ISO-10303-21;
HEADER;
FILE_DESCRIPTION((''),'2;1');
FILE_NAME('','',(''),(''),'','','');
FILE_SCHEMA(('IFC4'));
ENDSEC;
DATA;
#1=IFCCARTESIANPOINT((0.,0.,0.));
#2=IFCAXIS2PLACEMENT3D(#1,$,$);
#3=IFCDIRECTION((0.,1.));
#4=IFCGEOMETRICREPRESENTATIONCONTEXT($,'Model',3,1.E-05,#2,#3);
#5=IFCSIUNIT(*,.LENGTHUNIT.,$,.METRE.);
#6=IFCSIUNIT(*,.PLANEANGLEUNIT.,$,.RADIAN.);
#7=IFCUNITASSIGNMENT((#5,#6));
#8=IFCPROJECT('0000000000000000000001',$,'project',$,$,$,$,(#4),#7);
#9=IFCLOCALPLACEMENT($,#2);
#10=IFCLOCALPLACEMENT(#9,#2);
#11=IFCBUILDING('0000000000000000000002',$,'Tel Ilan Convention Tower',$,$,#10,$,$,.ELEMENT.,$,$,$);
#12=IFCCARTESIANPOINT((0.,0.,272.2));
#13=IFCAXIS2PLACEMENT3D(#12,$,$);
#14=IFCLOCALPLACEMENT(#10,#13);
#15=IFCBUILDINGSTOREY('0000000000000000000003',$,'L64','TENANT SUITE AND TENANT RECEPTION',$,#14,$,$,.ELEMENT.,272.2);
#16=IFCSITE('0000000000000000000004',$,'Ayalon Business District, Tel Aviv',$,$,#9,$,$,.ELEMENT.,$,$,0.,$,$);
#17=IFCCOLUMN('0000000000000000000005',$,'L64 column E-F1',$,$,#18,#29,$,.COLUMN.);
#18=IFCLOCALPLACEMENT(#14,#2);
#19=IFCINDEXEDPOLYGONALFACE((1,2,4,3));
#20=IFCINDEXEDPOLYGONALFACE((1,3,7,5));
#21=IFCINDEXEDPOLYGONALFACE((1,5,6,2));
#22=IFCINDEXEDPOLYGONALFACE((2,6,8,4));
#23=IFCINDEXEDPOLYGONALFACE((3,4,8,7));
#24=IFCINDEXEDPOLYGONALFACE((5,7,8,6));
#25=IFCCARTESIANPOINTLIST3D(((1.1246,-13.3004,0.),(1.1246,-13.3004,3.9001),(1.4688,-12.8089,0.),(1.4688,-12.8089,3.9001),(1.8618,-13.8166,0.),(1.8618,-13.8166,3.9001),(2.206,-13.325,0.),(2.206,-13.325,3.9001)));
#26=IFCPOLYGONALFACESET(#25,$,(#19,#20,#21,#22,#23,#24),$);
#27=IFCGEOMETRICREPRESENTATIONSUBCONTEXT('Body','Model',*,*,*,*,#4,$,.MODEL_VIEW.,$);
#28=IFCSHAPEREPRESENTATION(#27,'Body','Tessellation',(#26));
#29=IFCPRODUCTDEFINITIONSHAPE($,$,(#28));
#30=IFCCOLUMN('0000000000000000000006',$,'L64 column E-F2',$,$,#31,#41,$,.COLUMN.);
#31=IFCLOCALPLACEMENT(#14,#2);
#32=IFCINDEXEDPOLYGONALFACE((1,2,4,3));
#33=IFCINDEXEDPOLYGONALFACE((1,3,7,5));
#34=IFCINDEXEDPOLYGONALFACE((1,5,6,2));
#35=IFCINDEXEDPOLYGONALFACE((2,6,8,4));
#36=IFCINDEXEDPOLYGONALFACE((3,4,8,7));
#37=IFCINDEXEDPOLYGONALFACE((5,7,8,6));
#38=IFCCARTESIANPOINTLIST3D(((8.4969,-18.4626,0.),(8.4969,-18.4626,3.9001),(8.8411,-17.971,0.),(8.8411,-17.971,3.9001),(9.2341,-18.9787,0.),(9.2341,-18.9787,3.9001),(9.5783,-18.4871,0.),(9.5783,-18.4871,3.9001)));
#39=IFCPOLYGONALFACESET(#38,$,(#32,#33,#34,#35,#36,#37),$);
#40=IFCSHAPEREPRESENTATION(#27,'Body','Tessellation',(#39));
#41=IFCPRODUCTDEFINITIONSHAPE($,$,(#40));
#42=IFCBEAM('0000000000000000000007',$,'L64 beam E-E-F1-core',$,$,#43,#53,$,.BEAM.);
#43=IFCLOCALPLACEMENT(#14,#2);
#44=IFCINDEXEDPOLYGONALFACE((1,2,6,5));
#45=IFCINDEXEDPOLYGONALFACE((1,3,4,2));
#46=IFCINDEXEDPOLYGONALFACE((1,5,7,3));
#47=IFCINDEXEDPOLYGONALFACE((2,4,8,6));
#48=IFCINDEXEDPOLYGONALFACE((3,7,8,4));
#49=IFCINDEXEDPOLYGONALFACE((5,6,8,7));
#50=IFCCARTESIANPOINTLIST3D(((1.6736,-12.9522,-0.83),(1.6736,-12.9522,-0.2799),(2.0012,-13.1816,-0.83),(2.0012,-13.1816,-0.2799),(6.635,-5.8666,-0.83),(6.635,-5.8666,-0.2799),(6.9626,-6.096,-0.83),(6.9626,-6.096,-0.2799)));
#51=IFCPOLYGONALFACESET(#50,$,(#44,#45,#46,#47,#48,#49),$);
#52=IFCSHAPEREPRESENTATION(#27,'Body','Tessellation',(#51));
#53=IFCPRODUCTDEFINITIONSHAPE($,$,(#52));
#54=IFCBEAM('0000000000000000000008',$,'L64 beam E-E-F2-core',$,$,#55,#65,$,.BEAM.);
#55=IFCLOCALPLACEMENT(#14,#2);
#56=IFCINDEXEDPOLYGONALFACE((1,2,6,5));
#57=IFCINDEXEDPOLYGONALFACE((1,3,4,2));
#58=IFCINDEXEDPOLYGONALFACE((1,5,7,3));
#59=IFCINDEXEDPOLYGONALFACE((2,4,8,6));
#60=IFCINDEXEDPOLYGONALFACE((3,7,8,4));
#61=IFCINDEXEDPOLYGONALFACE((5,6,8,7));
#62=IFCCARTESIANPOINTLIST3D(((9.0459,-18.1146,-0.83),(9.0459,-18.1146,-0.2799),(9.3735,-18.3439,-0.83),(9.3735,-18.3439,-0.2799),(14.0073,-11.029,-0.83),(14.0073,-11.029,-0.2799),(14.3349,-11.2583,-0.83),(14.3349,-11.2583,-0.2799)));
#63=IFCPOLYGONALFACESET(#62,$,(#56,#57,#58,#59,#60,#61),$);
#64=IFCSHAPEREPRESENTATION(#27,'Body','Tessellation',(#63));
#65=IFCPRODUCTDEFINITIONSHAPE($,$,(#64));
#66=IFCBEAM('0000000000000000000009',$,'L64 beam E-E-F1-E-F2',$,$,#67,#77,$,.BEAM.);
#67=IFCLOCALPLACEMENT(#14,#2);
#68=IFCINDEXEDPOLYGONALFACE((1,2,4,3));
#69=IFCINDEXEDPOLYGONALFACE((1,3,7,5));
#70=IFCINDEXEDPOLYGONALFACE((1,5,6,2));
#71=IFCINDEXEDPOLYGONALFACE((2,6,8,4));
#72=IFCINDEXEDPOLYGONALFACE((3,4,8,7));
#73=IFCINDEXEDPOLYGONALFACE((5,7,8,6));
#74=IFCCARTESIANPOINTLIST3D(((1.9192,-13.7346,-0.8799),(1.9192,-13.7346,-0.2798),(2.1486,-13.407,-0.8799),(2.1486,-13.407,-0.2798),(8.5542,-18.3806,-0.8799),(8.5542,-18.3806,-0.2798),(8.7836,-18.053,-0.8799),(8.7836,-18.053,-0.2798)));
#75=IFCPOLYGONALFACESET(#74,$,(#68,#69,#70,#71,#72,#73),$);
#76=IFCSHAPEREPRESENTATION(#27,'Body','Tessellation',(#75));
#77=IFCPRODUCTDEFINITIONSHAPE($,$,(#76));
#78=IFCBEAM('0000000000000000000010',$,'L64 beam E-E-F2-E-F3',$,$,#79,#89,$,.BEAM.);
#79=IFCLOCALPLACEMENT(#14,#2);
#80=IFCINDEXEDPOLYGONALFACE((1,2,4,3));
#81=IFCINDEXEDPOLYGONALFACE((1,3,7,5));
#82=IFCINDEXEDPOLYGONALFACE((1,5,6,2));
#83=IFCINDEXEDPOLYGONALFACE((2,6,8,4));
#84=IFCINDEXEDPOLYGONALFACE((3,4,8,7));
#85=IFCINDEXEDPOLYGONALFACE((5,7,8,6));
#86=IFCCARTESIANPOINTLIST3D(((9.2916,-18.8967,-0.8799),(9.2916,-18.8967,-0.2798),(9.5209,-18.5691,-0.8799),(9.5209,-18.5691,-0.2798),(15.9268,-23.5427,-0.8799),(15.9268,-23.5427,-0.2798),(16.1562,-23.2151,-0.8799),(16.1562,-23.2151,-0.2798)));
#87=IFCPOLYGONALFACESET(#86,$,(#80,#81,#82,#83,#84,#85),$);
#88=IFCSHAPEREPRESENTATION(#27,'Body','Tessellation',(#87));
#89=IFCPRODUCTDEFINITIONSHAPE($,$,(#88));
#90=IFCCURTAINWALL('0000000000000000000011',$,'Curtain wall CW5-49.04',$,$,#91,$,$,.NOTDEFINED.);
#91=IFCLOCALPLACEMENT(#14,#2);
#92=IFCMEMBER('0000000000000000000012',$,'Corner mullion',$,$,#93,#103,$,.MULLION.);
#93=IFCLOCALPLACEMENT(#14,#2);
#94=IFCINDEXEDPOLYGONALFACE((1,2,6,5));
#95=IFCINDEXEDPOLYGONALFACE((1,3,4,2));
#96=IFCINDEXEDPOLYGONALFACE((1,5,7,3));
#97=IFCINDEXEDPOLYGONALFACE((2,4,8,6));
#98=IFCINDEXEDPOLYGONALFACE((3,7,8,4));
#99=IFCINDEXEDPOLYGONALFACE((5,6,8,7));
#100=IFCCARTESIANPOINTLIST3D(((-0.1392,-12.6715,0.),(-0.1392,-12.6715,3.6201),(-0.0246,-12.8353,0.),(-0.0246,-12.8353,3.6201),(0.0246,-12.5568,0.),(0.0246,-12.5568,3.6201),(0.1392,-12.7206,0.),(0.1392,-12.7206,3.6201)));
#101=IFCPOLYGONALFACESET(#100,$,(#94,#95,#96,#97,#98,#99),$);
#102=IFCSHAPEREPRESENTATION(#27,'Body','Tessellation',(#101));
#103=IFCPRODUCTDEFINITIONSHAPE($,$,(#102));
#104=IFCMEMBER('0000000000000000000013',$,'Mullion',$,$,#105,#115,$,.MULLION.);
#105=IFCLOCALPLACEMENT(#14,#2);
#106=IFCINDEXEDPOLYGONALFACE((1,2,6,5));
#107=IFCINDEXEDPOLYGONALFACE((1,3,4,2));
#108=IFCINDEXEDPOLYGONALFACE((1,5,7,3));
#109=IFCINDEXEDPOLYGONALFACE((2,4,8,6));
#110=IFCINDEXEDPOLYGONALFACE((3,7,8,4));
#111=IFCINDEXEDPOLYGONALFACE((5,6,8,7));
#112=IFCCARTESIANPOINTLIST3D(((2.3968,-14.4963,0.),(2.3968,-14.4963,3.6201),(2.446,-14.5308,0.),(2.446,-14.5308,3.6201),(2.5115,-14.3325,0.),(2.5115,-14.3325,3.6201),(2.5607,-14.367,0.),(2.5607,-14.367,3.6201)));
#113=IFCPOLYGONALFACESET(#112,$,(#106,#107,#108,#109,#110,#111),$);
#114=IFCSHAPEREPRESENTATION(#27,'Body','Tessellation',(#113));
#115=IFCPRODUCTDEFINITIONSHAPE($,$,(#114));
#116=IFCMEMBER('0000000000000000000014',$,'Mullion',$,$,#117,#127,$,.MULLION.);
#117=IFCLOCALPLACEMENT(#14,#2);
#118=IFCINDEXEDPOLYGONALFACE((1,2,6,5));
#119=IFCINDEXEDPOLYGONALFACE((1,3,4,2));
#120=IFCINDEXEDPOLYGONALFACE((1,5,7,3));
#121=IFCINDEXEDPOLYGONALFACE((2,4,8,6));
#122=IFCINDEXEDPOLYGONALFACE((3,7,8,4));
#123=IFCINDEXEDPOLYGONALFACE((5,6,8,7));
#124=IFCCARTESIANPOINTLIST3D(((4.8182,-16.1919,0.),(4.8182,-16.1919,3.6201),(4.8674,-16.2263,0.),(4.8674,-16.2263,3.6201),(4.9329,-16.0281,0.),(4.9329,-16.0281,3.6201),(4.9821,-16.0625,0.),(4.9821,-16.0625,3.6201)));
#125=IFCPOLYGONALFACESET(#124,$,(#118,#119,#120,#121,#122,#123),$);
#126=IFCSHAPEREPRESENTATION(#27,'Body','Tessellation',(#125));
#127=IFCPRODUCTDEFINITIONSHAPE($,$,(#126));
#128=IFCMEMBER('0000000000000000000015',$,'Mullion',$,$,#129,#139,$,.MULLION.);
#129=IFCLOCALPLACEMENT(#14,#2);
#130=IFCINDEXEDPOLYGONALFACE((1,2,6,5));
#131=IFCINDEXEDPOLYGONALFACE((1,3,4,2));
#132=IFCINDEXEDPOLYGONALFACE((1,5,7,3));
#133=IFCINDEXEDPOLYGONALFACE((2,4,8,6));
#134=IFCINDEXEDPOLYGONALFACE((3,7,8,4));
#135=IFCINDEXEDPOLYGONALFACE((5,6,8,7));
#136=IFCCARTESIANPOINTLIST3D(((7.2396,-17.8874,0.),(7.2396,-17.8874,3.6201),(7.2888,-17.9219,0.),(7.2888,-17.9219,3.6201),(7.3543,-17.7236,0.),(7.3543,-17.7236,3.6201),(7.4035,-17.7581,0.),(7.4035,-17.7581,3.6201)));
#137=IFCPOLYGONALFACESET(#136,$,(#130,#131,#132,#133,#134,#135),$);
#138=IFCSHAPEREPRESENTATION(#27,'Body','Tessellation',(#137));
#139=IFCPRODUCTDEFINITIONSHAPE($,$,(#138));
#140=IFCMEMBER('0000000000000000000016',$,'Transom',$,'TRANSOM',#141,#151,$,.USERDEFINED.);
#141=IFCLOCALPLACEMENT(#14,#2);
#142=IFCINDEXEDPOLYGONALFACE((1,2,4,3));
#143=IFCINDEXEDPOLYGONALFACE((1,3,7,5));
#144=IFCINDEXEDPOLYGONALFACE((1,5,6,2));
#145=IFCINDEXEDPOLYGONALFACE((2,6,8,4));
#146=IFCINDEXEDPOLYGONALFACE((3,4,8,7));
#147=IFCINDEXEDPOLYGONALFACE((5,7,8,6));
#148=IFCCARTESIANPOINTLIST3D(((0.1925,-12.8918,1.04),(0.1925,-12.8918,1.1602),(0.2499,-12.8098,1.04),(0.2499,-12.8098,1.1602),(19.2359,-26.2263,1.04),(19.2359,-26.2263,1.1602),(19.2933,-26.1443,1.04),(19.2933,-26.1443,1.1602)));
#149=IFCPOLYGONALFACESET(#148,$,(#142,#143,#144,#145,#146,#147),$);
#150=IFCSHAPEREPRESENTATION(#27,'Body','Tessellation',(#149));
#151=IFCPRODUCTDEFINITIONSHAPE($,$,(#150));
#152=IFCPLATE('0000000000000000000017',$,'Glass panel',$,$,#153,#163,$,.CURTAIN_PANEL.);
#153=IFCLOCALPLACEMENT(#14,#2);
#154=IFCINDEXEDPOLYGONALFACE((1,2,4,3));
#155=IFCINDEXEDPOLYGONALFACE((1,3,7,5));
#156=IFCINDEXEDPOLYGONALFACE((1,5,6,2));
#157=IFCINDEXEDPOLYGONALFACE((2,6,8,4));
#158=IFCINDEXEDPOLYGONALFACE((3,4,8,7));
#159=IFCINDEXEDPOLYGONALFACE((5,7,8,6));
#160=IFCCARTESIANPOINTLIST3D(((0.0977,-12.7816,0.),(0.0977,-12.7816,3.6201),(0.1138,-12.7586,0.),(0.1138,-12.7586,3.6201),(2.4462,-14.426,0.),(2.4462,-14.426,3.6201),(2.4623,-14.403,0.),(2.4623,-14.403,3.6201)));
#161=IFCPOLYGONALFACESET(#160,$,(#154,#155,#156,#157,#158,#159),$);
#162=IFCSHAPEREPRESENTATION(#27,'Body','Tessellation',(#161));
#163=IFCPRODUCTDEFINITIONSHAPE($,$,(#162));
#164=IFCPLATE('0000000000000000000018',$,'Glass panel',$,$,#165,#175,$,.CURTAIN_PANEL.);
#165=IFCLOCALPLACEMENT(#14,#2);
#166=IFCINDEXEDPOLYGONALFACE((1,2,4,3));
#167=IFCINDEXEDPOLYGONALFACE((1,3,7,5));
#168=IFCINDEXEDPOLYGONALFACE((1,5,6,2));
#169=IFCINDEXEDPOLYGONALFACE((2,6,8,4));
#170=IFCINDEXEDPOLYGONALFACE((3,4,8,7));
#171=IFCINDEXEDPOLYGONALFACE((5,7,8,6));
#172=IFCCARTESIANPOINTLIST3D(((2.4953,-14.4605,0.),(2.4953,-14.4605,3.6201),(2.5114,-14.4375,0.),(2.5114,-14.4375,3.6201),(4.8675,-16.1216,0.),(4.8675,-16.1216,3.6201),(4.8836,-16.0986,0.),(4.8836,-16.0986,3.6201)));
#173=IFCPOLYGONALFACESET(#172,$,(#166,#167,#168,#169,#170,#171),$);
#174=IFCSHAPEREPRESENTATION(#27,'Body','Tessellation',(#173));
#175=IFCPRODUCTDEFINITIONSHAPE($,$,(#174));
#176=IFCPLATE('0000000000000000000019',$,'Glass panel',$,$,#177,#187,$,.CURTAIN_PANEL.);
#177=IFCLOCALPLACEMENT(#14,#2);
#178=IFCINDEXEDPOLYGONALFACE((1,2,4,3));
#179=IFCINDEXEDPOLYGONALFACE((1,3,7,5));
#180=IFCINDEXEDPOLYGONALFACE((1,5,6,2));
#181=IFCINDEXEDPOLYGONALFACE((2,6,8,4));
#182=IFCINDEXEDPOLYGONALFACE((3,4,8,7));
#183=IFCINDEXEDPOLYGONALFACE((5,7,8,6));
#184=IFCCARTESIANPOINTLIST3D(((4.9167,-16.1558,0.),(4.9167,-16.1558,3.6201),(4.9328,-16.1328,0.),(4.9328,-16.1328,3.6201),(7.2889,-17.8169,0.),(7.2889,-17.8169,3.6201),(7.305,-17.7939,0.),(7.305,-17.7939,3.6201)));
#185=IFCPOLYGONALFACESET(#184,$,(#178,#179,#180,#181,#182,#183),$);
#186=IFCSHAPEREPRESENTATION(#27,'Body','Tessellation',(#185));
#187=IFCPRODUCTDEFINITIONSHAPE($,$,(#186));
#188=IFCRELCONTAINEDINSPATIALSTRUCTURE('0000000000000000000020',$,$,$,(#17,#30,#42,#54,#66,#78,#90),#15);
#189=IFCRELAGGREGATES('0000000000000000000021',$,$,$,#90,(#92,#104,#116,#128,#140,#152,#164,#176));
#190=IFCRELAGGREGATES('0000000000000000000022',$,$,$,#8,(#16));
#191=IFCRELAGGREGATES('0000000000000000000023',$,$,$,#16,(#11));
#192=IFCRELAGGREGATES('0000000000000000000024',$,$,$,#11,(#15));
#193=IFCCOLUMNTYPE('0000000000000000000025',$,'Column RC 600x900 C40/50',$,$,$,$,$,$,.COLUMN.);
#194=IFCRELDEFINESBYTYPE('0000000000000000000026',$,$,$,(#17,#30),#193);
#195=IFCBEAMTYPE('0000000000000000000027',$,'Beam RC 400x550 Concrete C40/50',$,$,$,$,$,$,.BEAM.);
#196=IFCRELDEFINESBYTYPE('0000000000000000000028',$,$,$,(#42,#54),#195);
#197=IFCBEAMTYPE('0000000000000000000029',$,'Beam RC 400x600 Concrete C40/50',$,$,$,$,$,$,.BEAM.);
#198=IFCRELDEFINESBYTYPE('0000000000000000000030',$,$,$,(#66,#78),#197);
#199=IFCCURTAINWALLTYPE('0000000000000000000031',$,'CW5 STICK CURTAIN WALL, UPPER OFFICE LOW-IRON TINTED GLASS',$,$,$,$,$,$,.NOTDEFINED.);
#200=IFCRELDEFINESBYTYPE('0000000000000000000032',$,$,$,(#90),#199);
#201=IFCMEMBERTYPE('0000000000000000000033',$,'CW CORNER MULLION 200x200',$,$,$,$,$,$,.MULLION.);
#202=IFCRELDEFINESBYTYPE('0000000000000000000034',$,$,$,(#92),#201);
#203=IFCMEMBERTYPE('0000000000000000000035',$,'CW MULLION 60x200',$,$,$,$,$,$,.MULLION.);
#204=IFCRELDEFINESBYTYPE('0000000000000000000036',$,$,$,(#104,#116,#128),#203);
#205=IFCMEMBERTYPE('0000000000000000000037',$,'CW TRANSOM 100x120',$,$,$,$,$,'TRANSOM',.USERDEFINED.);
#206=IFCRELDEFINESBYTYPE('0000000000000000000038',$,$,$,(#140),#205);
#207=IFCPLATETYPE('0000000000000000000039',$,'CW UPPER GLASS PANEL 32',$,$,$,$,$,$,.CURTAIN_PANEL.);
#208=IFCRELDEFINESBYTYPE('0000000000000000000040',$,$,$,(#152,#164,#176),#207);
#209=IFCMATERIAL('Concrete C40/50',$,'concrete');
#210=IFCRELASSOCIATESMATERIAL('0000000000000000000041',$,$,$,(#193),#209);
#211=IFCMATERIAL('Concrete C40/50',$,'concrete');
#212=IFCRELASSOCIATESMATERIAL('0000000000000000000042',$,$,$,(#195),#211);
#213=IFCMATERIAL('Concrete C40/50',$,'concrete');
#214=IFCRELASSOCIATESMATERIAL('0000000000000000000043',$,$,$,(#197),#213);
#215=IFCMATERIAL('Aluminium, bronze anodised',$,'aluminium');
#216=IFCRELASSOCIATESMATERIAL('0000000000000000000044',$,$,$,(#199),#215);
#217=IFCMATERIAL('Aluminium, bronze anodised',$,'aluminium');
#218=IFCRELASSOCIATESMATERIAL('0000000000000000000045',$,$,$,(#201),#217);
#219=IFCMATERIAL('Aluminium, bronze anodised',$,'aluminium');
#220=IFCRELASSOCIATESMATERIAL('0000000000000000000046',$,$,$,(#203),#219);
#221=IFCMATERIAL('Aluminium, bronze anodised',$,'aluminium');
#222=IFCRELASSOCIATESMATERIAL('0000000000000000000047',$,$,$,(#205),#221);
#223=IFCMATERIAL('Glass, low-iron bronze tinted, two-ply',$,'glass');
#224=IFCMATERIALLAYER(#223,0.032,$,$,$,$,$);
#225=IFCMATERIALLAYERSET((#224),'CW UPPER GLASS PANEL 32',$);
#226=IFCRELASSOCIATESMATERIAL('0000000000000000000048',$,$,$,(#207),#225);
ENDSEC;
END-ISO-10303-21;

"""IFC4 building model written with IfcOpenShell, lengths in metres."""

from ifc_helpers import new_model, si_unit, direction, frame, origin, origin_2d, place, context, subcontext, project, spatial, rectangle, extrude, material, layer, layer_set, material_profile, profile_set, type_object, element, aggregate, save


model = new_model("IFC4")

# Units and contexts
model_context = context("Model", 3, precision=1e-05, world=origin(), true_north=direction((0.0, 1.0)))
body_context = subcontext(model_context, "Body", "Model", "MODEL_VIEW")
ifc_project = project(units=[si_unit("LENGTHUNIT", "METRE"), si_unit("PLANEANGLEUNIT", "RADIAN")], contexts=[model_context])

# Site, building, storey
site_placement = place(None, origin())
site = spatial("IfcSite", under=ifc_project, at=site_placement, Name="Ayalon Business District, Tel Aviv", CompositionType="ELEMENT", RefElevation=0.0)
building_placement = place(site_placement, origin())
building = spatial("IfcBuilding", under=site, at=building_placement, Name="Tel Ilan Convention Tower", CompositionType="ELEMENT")
storey_placement = place(building_placement, frame((0.0, 0.0, 272.2)))
storey = spatial("IfcBuildingStorey", under=building, at=storey_placement, Name="L64", Description="TENANT SUITE AND TENANT RECEPTION", CompositionType="ELEMENT", Elevation=272.2)

# Columns
ifc_material_1 = material(Name="Concrete C40/50", Category="concrete")
ifc_material_profile_1 = material_profile(ifc_material_1, rectangle(XDim=0.8999, YDim=0.6001, at=origin_2d()), Name="RC 600x900")
ifc_profile_set_1 = profile_set([ifc_material_profile_1], Name="Concrete C40/50")
column_type = type_object("IfcColumnType", Name="Column RC 600x900 C40/50", PredefinedType="COLUMN", material=ifc_profile_set_1)
for number, where, z_axis, x_axis, name in (
    (1, (1.6653, -13.3127, 0.0), (0.0, 0.0, 1.0), (0.819152, -0.573576, 0.0), "L64 column E-F1"),
    (2, (9.0376, -18.4749, 0.0), (0.0, 0.0, 1.0), (0.819152, -0.573576, 0.0), "L64 column E-F2"),
):
    element("IfcColumn", number, at=place(storey_placement, frame(where, z_axis=z_axis, x_axis=x_axis)), inside=storey, type_object=column_type, Name=name, PredefinedType="COLUMN", context=body_context, shape_type="SweptSolid", body=[
        extrude(rectangle(XDim=0.8999, YDim=0.6001, at=origin_2d()), origin(), (0.0, 0.0, 1.0), 3.9001),
    ])

# Beams
ifc_material_2 = material(Name="Concrete C40/50", Category="concrete")
ifc_material_profile_2 = material_profile(ifc_material_2, rectangle(XDim=0.3999, YDim=0.55, at=origin_2d()), Name="RC 400x550")
ifc_profile_set_2 = profile_set([ifc_material_profile_2], Name="Concrete C40/50")
beam_type_1 = type_object("IfcBeamType", Name="Beam RC 400x550 Concrete C40/50", PredefinedType="BEAM", material=ifc_profile_set_2)
for number, where, z_axis, x_axis, name in (
    (3, (1.8374, -13.0669, -0.5549), (0.573574, 0.819154, 0.0), (-0.819154, 0.573574, 0.0), "L64 beam E-E-F1-core"),
    (4, (9.2097, -18.2292, -0.5549), (0.573574, 0.819154, 0.0), (-0.819154, 0.573574, 0.0), "L64 beam E-E-F2-core"),
):
    element("IfcBeam", number, at=place(storey_placement, frame(where, z_axis=z_axis, x_axis=x_axis)), inside=storey, type_object=beam_type_1, Name=name, PredefinedType="BEAM", context=body_context, shape_type="SweptSolid", body=[
        extrude(rectangle(XDim=0.3999, YDim=0.55, at=origin_2d()), origin(), (0.0, 0.0, 1.0), 8.6499),
    ])
ifc_material_3 = material(Name="Concrete C40/50", Category="concrete")
ifc_material_profile_3 = material_profile(ifc_material_3, rectangle(XDim=0.3999, YDim=0.6001, at=origin_2d()), Name="RC 400x600")
ifc_profile_set_3 = profile_set([ifc_material_profile_3], Name="Concrete C40/50")
beam_type_2 = type_object("IfcBeamType", Name="Beam RC 400x600 Concrete C40/50", PredefinedType="BEAM", material=ifc_profile_set_3)
beam_1_placement = place(storey_placement, frame((2.0339, -13.5708, -0.5798), z_axis=(0.819146, -0.573586, 0.0), x_axis=(0.573586, 0.819146, 0.0)))
element("IfcBeam", 5, at=beam_1_placement, inside=storey, type_object=beam_type_2, Name="L64 beam E-E-F1-E-F2", PredefinedType="BEAM", context=body_context, shape_type="SweptSolid", body=[
    extrude(rectangle(XDim=0.3999, YDim=0.6001, at=origin_2d()), origin(), (0.0, 0.0, 1.0), 8.0999),
])
beam_2_placement = place(storey_placement, frame((9.4062, -18.7329, -0.5798), z_axis=(0.819155, -0.573572, 0.0), x_axis=(0.573572, 0.819155, 0.0)))
element("IfcBeam", 6, at=beam_2_placement, inside=storey, type_object=beam_type_2, Name="L64 beam E-E-F2-E-F3", PredefinedType="BEAM", context=body_context, shape_type="SweptSolid", body=[
    extrude(rectangle(XDim=0.3999, YDim=0.6001, at=origin_2d()), origin(), (0.0, 0.0, 1.0), 8.1001),
])

# Curtain wall, members, plates
ifc_material_4 = material(Name="Aluminium, bronze anodised", Category="aluminium")
curtain_wall_type = type_object("IfcCurtainWallType", Name="CW5 STICK CURTAIN WALL, UPPER OFFICE LOW-IRON TINTED GLASS", PredefinedType="NOTDEFINED", material=ifc_material_4)
curtain_wall_placement = place(storey_placement, origin())
curtain_wall = element("IfcCurtainWall", 7, at=curtain_wall_placement, inside=storey, type_object=curtain_wall_type, Name="Curtain wall CW5-49.04", PredefinedType="NOTDEFINED")
ifc_material_5 = material(Name="Aluminium, bronze anodised", Category="aluminium")
ifc_material_profile_4 = material_profile(ifc_material_5, rectangle(XDim=0.2, YDim=0.2, at=origin_2d()), Name="CW CORNER MULLION 200x200")
ifc_profile_set_4 = profile_set([ifc_material_profile_4], Name="Aluminium, bronze anodised")
member_type_1 = type_object("IfcMemberType", Name="CW CORNER MULLION 200x200", PredefinedType="MULLION", material=ifc_profile_set_4)
member_1_placement = place(storey_placement, frame((0.0, -12.696, 0.0), z_axis=(0.0, 0.0, 1.0), x_axis=(0.819152, 0.573576, 0.0)))
member_1 = element("IfcMember", 8, at=member_1_placement, type_object=member_type_1, Name="Corner mullion", PredefinedType="MULLION", context=body_context, shape_type="SweptSolid", body=[
    extrude(rectangle(XDim=0.2, YDim=0.2, at=origin_2d()), origin(), (0.0, 0.0, 1.0), 3.6201),
])
ifc_material_6 = material(Name="Aluminium, bronze anodised", Category="aluminium")
ifc_material_profile_5 = material_profile(ifc_material_6, rectangle(XDim=0.0601, YDim=0.2, at=origin_2d()), Name="CW MULLION 60x200")
ifc_profile_set_5 = profile_set([ifc_material_profile_5], Name="Aluminium, bronze anodised")
member_type_2 = type_object("IfcMemberType", Name="CW MULLION 60x200", PredefinedType="MULLION", material=ifc_profile_set_5)
member_2_placement = place(storey_placement, frame((2.4788, -14.4316, 0.0), z_axis=(0.0, 0.0, 1.0), x_axis=(0.819152, -0.573576, 0.0)))
member_2 = element("IfcMember", 9, at=member_2_placement, type_object=member_type_2, Name="Mullion", PredefinedType="MULLION", context=body_context, shape_type="SweptSolid", body=[
    extrude(rectangle(XDim=0.0601, YDim=0.2, at=origin_2d()), origin(), (0.0, 0.0, 1.0), 3.6201),
])
member_3_placement = place(storey_placement, frame((4.9001, -16.1272, 0.0), z_axis=(0.0, 0.0, 1.0), x_axis=(0.819152, -0.573576, 0.0)))
member_3 = element("IfcMember", 10, at=member_3_placement, type_object=member_type_2, Name="Mullion", PredefinedType="MULLION", context=body_context, shape_type="SweptSolid", body=[
    extrude(rectangle(XDim=0.0601, YDim=0.2, at=origin_2d()), origin(), (0.0, 0.0, 1.0), 3.6201),
])
member_4_placement = place(storey_placement, frame((7.3215, -17.8228, 0.0), z_axis=(0.0, 0.0, 1.0), x_axis=(0.819152, -0.573576, 0.0)))
member_4 = element("IfcMember", 11, at=member_4_placement, type_object=member_type_2, Name="Mullion", PredefinedType="MULLION", context=body_context, shape_type="SweptSolid", body=[
    extrude(rectangle(XDim=0.0601, YDim=0.2, at=origin_2d()), origin(), (0.0, 0.0, 1.0), 3.6201),
])
ifc_material_7 = material(Name="Aluminium, bronze anodised", Category="aluminium")
ifc_material_profile_6 = material_profile(ifc_material_7, rectangle(XDim=0.1001, YDim=0.1201, at=origin_2d()), Name="CW TRANSOM 100x120")
ifc_profile_set_6 = profile_set([ifc_material_profile_6], Name="Aluminium, bronze anodised")
member_type_3 = type_object("IfcMemberType", Name="CW TRANSOM 100x120", ElementType="TRANSOM", PredefinedType="USERDEFINED", material=ifc_profile_set_6)
member_5_placement = place(storey_placement, frame((0.2212, -12.8508, 1.1001), z_axis=(0.81915, -0.573579, 0.0), x_axis=(0.573579, 0.81915, 0.0)))
member_5 = element("IfcMember", 12, at=member_5_placement, type_object=member_type_3, Name="Transom", ObjectType="TRANSOM", PredefinedType="USERDEFINED", context=body_context, shape_type="SweptSolid", body=[
    extrude(rectangle(XDim=0.1001, YDim=0.1201, at=origin_2d()), origin(), (0.0, 0.0, 1.0), 23.2478),
])
ifc_material_8 = material(Name="Glass, low-iron bronze tinted, two-ply", Category="glass")
ifc_layer_1 = layer(ifc_material_8, 0.032)
ifc_layer_set_1 = layer_set([ifc_layer_1], Name="CW UPPER GLASS PANEL 32")
plate_type = type_object("IfcPlateType", Name="CW UPPER GLASS PANEL 32", PredefinedType="CURTAIN_PANEL", material=ifc_layer_set_1)
plate_1_placement = place(storey_placement, frame((1.28, -13.5923, 0.0), z_axis=(0.0, 0.0, 1.0), x_axis=(0.819152, -0.573576, 0.0)))
plate_1 = element("IfcPlate", 13, at=plate_1_placement, type_object=plate_type, Name="Glass panel", PredefinedType="CURTAIN_PANEL", context=body_context, shape_type="SweptSolid", body=[
    extrude(rectangle(XDim=2.8669, YDim=0.0281, at=origin_2d()), origin(), (0.0, 0.0, 1.0), 3.6201),
])
plate_2_placement = place(storey_placement, frame((3.6895, -15.2795, 0.0), z_axis=(0.0, 0.0, 1.0), x_axis=(0.819152, -0.573576, 0.0)))
plate_2 = element("IfcPlate", 14, at=plate_2_placement, type_object=plate_type, Name="Glass panel", PredefinedType="CURTAIN_PANEL", context=body_context, shape_type="SweptSolid", body=[
    extrude(rectangle(XDim=2.896, YDim=0.0281, at=origin_2d()), origin(), (0.0, 0.0, 1.0), 3.6201),
])
plate_3_placement = place(storey_placement, frame((6.1108, -16.9749, 0.0), z_axis=(0.0, 0.0, 1.0), x_axis=(0.819152, -0.573576, 0.0)))
plate_3 = element("IfcPlate", 15, at=plate_3_placement, type_object=plate_type, Name="Glass panel", PredefinedType="CURTAIN_PANEL", context=body_context, shape_type="SweptSolid", body=[
    extrude(rectangle(XDim=2.896, YDim=0.0281, at=origin_2d()), origin(), (0.0, 0.0, 1.0), 3.6201),
])
aggregate(curtain_wall, [member_1, member_2, member_3, member_4, member_5, plate_1, plate_2, plate_3])

save(model, "model.ifc")
